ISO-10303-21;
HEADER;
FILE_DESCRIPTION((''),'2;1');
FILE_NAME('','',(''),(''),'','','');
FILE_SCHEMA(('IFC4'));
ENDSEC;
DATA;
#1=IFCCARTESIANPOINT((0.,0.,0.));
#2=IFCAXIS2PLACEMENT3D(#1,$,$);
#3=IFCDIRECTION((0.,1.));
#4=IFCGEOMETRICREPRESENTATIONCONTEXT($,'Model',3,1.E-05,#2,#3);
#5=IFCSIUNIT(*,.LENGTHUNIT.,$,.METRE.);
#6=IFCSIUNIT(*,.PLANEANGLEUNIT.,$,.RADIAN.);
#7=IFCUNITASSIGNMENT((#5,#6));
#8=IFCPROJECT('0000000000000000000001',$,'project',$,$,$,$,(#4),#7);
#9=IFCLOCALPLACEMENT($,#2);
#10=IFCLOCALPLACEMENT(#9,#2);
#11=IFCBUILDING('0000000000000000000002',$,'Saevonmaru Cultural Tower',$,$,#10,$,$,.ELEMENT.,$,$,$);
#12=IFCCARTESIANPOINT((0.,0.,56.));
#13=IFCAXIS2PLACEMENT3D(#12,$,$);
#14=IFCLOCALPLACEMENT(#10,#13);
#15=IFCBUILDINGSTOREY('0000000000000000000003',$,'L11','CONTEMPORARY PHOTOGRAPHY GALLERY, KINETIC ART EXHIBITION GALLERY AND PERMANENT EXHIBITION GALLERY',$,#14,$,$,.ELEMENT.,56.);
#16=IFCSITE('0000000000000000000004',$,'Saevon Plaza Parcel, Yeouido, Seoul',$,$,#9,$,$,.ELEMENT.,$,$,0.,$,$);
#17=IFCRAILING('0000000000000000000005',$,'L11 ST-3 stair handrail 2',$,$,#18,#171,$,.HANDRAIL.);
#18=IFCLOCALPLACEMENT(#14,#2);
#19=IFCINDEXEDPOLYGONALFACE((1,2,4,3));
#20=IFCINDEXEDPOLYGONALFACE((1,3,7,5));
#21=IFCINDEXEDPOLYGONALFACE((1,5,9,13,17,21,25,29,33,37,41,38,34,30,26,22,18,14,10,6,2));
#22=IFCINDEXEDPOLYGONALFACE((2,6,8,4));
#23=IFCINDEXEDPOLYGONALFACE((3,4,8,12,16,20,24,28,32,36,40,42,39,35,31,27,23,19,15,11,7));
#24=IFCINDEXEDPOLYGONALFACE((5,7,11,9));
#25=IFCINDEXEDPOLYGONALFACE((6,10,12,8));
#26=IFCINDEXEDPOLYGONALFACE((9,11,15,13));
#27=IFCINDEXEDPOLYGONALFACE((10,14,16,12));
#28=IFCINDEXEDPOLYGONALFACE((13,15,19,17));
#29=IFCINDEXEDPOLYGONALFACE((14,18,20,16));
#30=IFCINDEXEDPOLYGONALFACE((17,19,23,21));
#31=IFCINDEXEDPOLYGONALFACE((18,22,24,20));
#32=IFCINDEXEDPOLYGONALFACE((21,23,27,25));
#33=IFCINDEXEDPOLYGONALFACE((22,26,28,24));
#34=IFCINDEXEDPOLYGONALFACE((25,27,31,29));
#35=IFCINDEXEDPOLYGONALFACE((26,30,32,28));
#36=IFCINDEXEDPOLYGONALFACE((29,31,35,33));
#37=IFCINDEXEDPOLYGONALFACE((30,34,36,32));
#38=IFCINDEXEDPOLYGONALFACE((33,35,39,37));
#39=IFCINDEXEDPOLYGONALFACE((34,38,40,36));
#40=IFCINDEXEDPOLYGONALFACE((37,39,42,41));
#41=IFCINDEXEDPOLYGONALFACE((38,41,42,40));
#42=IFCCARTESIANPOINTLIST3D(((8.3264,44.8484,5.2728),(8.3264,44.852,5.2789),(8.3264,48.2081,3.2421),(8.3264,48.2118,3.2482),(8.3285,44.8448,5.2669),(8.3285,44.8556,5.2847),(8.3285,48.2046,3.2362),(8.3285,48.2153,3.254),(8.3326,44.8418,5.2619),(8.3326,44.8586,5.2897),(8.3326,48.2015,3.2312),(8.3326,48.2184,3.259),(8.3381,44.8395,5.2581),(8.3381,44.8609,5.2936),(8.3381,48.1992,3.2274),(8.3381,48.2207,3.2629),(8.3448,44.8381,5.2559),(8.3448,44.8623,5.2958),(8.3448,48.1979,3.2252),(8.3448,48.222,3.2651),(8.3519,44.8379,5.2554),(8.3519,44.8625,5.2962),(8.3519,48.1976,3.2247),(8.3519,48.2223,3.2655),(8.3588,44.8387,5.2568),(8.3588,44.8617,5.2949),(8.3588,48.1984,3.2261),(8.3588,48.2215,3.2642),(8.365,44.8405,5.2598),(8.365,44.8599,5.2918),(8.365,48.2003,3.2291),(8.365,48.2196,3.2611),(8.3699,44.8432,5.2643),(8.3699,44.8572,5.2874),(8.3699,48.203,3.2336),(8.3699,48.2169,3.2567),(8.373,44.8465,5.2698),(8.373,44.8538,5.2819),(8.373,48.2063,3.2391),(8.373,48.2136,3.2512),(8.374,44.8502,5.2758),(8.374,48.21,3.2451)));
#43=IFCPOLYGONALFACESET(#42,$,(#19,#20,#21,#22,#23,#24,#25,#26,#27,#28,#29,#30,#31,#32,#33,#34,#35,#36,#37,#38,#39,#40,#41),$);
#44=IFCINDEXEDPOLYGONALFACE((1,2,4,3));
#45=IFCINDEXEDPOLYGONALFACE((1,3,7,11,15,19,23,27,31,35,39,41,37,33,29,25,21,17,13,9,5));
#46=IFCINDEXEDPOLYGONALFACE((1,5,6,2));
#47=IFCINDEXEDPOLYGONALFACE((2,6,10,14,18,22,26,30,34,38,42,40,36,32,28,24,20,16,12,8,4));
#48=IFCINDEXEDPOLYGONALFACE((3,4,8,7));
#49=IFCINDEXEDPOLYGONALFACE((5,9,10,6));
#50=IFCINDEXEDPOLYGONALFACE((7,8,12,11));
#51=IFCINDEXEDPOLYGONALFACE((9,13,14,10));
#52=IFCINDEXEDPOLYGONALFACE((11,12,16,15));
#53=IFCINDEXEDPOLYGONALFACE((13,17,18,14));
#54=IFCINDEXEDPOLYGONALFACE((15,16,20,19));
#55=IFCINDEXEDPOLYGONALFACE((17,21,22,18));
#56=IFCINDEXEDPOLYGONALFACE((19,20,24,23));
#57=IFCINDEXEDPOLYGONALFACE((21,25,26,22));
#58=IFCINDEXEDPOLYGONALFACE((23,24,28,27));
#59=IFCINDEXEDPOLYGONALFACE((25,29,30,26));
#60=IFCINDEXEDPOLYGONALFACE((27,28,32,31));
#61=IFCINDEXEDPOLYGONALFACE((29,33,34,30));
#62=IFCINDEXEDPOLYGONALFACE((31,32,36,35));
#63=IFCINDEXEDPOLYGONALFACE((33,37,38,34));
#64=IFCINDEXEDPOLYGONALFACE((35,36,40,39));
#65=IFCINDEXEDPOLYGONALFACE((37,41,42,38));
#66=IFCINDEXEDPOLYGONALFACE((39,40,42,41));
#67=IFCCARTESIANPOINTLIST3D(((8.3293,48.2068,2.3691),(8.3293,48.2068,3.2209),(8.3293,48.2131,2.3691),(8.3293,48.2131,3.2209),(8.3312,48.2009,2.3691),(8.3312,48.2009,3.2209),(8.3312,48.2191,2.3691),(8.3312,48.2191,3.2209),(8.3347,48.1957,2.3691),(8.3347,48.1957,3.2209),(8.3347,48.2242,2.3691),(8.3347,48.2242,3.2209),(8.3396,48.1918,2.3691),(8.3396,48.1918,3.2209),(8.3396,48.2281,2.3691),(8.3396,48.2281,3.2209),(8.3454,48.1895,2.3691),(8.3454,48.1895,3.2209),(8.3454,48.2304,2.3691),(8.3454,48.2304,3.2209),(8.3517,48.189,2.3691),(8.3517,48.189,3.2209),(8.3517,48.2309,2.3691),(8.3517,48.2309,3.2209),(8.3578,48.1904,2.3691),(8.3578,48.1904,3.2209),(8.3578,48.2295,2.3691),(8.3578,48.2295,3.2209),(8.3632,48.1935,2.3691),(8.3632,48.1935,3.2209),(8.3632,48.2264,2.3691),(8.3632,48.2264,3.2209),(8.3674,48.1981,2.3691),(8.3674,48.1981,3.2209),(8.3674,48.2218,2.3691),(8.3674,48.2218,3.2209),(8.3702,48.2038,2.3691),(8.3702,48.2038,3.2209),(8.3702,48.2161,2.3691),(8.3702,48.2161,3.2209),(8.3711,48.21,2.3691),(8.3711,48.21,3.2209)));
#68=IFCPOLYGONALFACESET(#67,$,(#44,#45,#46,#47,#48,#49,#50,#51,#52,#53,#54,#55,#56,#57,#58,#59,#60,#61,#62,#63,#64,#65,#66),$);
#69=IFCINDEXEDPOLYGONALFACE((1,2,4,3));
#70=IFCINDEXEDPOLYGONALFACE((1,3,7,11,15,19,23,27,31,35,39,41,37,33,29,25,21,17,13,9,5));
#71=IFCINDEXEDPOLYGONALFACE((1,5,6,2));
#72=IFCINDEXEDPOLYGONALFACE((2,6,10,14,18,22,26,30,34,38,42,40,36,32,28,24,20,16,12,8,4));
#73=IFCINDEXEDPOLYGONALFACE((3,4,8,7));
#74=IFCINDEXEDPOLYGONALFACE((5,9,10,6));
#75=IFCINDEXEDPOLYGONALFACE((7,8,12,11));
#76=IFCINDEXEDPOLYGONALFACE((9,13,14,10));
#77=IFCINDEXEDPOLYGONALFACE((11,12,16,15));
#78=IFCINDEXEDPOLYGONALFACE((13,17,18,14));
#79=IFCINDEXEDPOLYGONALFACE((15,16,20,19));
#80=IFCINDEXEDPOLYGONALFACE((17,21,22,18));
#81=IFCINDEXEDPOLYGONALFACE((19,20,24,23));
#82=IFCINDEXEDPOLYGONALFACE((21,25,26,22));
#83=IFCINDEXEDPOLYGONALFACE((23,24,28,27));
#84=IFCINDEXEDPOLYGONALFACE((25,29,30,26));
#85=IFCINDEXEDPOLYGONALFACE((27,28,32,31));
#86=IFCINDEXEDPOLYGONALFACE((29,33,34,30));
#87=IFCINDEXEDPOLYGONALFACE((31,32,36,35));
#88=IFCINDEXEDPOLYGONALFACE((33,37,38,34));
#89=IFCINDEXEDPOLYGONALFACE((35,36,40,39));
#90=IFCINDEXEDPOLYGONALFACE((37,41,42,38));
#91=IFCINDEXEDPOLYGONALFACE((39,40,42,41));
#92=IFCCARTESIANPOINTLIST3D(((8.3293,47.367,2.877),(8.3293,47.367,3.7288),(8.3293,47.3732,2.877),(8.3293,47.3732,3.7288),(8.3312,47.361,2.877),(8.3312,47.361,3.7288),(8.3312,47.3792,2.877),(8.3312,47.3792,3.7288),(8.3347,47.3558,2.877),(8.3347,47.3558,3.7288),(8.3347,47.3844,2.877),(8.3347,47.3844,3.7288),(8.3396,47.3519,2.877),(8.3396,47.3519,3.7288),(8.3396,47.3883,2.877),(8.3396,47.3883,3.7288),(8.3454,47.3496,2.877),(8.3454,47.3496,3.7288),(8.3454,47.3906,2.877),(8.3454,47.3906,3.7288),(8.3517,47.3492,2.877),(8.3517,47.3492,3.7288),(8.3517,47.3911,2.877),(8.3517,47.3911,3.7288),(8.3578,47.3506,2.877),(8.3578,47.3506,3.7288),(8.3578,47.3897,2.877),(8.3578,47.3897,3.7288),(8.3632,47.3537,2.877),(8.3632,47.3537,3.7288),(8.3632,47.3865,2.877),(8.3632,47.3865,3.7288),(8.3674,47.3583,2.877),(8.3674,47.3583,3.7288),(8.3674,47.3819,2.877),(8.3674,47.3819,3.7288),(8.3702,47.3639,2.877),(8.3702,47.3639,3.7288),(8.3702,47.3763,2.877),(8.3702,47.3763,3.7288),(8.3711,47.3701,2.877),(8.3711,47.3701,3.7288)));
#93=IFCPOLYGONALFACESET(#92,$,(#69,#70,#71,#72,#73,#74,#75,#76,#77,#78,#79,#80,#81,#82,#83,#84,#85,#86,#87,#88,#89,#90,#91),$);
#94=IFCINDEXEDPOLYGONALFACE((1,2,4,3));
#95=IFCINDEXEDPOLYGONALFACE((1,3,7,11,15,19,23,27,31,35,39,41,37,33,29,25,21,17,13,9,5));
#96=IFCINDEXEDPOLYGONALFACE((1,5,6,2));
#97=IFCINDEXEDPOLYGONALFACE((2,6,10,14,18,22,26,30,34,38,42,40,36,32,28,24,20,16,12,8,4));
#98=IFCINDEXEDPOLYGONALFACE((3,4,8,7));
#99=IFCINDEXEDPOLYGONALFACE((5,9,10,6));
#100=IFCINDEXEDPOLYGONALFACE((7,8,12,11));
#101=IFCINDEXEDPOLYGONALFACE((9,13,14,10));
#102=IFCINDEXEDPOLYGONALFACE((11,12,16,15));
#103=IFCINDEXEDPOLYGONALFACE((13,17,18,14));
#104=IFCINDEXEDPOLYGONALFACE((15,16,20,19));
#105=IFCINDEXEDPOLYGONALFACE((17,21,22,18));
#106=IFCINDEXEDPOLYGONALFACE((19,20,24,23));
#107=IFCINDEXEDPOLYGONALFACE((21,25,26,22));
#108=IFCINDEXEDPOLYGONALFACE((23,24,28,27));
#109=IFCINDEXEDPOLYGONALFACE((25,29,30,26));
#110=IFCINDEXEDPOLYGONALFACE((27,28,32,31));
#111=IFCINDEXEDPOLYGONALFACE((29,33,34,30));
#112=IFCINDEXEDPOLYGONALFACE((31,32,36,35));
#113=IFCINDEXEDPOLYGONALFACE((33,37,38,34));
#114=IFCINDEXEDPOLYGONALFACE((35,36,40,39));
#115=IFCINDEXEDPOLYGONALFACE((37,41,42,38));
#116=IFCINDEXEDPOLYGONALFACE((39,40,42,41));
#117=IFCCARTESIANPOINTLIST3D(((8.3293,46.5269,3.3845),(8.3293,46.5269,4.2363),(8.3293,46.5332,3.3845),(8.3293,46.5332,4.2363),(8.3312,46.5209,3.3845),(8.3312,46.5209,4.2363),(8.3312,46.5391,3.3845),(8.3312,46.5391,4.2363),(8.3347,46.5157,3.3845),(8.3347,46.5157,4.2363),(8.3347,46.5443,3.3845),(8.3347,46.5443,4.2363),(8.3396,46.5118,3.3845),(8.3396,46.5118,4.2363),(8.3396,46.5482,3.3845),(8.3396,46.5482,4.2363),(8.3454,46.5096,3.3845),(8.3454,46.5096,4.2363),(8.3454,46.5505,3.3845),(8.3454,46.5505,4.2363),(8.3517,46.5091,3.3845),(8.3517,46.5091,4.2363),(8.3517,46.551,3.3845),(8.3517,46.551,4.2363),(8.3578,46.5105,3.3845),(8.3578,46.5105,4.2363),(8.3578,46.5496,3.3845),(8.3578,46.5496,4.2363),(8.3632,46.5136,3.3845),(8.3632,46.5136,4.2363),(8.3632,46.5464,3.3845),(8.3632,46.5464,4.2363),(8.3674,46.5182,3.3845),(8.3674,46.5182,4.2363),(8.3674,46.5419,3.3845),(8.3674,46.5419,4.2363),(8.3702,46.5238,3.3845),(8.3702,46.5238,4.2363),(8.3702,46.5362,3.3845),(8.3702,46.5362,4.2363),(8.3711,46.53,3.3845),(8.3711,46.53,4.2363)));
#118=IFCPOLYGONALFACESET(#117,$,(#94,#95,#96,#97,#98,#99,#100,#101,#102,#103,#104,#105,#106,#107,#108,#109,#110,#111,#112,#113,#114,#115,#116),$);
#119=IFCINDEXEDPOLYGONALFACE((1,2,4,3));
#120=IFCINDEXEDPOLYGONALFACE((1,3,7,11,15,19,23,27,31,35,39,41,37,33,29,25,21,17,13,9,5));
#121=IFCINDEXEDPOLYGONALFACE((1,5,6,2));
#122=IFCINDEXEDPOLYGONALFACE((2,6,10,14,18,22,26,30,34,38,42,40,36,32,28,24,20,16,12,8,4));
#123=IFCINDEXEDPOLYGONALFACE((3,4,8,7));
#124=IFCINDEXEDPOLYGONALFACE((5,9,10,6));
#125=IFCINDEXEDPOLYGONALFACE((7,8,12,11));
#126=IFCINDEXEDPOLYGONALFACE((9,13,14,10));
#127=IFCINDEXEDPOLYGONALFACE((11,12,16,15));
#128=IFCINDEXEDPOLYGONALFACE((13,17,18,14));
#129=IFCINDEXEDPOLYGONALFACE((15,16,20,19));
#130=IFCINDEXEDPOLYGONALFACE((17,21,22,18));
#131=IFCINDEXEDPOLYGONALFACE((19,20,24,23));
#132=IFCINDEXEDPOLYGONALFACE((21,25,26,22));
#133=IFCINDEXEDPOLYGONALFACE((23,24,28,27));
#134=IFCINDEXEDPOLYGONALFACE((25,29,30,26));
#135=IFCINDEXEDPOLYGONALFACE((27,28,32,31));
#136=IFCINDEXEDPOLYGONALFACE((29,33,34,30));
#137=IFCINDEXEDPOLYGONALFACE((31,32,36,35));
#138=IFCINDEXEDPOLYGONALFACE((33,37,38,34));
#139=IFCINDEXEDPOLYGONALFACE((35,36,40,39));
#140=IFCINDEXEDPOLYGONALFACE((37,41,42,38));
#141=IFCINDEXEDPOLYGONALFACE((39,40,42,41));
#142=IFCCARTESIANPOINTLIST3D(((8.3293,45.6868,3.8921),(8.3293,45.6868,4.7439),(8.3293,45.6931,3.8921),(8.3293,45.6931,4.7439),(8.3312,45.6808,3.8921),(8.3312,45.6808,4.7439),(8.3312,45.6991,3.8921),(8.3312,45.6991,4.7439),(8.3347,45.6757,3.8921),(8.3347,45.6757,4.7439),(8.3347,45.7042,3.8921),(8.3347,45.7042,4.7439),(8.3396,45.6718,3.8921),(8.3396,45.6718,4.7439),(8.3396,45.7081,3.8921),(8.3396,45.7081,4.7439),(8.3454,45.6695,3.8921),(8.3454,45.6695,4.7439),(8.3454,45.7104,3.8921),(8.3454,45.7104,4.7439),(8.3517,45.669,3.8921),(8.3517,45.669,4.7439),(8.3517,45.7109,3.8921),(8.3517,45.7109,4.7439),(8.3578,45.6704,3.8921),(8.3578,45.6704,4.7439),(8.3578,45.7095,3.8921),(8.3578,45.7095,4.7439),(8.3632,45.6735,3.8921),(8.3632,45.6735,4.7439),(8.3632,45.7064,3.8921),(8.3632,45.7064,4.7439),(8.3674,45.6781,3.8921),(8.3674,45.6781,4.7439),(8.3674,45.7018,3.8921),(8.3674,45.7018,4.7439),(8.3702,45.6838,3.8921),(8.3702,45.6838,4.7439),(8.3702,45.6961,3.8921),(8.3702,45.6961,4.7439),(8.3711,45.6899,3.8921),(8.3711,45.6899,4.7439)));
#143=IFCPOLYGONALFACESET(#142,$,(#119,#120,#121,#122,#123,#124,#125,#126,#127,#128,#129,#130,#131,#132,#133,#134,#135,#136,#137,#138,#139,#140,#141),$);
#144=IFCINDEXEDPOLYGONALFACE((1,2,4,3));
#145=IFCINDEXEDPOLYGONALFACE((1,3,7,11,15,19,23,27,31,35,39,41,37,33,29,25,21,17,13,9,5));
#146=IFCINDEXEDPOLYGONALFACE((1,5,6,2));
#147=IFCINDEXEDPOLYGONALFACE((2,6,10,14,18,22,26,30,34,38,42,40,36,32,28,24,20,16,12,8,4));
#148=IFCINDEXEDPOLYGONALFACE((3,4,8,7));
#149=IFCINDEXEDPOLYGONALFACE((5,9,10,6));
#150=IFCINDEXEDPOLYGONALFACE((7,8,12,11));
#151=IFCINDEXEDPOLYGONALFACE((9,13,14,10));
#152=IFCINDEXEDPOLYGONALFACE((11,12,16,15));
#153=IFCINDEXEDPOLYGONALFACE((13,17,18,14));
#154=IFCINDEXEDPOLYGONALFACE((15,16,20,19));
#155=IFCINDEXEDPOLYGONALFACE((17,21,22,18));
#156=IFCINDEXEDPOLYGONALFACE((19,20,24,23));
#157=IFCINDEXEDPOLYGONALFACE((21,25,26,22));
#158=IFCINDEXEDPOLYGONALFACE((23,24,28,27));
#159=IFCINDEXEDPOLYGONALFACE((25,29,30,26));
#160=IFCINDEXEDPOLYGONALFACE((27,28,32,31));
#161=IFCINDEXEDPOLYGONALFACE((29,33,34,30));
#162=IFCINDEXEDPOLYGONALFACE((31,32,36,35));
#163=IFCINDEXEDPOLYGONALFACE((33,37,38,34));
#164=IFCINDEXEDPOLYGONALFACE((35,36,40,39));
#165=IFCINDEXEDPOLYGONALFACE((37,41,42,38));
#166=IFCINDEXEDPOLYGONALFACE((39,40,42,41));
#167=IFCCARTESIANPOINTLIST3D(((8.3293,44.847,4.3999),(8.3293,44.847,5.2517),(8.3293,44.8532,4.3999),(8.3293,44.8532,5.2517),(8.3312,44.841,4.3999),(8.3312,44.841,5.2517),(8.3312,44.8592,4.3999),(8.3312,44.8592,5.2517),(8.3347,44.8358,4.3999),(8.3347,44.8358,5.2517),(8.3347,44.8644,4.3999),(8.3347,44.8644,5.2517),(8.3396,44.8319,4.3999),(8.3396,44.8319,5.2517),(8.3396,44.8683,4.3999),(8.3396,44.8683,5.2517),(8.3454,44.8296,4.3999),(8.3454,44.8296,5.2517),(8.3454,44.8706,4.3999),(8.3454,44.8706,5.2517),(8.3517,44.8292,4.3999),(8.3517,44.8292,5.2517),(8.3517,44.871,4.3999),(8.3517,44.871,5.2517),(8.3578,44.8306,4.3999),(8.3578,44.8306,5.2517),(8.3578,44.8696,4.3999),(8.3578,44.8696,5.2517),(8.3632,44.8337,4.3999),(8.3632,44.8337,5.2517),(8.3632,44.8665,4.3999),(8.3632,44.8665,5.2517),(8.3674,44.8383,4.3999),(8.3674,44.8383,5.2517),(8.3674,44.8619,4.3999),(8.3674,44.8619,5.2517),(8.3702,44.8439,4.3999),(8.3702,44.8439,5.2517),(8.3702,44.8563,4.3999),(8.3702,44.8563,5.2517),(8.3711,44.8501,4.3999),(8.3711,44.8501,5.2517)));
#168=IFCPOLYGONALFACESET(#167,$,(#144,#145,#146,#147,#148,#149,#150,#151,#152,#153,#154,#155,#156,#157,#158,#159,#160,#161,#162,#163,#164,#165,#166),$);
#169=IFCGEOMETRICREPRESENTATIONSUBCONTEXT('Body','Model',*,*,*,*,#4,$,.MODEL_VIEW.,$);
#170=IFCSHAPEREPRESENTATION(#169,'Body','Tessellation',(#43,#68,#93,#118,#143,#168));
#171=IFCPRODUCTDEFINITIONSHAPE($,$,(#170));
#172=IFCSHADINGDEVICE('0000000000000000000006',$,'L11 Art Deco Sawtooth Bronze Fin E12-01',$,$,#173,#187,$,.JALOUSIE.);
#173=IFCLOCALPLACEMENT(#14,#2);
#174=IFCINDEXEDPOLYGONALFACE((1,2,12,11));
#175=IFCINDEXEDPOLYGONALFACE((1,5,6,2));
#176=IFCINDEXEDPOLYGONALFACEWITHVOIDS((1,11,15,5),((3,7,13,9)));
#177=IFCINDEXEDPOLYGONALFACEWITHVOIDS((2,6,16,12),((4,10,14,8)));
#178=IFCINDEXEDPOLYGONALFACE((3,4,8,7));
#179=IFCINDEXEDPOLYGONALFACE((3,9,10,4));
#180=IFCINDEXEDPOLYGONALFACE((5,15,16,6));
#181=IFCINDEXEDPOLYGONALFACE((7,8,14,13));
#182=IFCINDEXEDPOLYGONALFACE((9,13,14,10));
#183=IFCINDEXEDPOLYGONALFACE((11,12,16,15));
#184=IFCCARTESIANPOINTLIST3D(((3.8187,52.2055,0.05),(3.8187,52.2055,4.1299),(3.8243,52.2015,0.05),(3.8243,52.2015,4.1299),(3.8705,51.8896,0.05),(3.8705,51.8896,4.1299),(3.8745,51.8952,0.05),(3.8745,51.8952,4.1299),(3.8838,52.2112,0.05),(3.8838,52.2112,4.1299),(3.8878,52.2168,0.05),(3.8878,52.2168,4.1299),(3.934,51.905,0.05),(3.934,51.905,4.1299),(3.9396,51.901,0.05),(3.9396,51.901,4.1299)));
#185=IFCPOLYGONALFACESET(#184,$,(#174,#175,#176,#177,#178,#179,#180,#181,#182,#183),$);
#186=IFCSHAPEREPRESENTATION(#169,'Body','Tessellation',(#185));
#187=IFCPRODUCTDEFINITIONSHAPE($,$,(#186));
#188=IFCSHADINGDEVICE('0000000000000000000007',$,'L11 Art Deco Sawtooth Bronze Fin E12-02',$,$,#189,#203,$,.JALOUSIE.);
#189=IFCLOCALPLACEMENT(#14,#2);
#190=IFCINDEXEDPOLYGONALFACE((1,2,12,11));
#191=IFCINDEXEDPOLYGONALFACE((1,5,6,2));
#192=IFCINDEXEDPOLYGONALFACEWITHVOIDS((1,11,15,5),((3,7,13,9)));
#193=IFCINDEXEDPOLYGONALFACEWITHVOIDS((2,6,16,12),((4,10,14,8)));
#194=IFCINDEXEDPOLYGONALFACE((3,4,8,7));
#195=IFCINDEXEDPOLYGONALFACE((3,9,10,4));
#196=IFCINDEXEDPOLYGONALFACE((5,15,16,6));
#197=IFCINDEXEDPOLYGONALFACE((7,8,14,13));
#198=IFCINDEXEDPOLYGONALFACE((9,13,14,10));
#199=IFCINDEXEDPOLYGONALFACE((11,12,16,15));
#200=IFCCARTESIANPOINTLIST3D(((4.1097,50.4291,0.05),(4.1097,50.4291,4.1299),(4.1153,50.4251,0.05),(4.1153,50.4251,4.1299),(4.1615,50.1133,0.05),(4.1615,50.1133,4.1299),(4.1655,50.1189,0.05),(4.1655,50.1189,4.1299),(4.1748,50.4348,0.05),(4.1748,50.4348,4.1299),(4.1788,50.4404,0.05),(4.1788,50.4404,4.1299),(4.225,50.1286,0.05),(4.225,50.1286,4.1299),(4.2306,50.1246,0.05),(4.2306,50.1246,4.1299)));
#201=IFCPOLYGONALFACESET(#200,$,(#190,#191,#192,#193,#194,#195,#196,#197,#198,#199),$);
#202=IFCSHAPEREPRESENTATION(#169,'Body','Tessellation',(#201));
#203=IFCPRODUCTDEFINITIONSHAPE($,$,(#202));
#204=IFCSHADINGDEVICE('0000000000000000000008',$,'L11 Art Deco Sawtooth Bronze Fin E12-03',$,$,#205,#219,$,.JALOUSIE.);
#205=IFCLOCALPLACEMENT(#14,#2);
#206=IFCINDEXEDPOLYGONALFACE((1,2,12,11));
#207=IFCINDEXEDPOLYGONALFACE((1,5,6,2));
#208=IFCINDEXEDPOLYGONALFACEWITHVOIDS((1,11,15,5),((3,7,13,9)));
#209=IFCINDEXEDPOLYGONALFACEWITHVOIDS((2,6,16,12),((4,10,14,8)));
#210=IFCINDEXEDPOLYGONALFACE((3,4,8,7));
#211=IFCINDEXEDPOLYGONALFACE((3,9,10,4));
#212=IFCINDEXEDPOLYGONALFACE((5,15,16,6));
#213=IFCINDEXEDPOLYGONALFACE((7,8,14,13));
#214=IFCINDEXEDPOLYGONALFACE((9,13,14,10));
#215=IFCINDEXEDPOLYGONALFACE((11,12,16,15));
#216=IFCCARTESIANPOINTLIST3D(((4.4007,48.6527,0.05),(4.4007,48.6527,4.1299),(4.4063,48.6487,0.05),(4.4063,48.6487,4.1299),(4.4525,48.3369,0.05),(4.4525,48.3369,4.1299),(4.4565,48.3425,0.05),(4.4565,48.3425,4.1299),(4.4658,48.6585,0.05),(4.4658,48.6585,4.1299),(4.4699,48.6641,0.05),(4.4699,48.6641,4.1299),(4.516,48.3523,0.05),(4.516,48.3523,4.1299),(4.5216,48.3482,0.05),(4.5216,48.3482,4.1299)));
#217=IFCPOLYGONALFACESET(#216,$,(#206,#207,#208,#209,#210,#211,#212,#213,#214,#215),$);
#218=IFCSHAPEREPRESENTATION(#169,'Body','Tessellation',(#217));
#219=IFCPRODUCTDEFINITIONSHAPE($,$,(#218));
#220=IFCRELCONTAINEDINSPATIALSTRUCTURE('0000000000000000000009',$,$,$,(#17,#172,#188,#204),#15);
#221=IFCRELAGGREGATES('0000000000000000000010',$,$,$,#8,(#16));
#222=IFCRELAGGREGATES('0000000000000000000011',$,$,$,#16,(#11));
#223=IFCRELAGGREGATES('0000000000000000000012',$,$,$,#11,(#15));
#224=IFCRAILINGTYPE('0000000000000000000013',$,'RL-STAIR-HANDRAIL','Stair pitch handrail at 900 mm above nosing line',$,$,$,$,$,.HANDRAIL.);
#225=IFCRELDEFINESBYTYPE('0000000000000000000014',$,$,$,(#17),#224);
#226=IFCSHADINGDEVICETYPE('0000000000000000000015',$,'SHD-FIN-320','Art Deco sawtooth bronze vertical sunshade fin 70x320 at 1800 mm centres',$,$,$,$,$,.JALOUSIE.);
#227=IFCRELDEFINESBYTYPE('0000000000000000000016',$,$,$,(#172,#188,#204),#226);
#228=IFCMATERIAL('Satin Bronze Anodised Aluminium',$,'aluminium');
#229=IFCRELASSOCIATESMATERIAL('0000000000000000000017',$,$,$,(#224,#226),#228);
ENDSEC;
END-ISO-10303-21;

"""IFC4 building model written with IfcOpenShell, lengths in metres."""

from ifc_helpers import new_model, si_unit, direction, frame, origin, origin_2d, place, context, subcontext, project, spatial, hollow_rectangle, circle, extrude, material, material_profile, profile_set, type_object, element, save


model = new_model("IFC4")

# Units and contexts
model_context = context("Model", 3, precision=1e-05, world=origin(), true_north=direction((0.0, 1.0)))
body_context = subcontext(model_context, "Body", "Model", "MODEL_VIEW")
ifc_project = project(units=[si_unit("LENGTHUNIT", "METRE"), si_unit("PLANEANGLEUNIT", "RADIAN")], contexts=[model_context])

# Site, building, storey
site_placement = place(None, origin())
site = spatial("IfcSite", under=ifc_project, at=site_placement, Name="Saevon Plaza Parcel, Yeouido, Seoul", CompositionType="ELEMENT", RefElevation=0.0)
building_placement = place(site_placement, origin())
building = spatial("IfcBuilding", under=site, at=building_placement, Name="Saevonmaru Cultural Tower", CompositionType="ELEMENT")
storey_placement = place(building_placement, frame((0.0, 0.0, 56.0)))
storey = spatial("IfcBuildingStorey", under=building, at=storey_placement, Name="L11", Description="CONTEMPORARY PHOTOGRAPHY GALLERY, KINETIC ART EXHIBITION GALLERY AND PERMANENT EXHIBITION GALLERY", CompositionType="ELEMENT", Elevation=56.0)

# Shared definitions
ifc_material_1 = material(Name="Satin Bronze Anodised Aluminium", Category="aluminium")

# Railing
railing_type_1 = type_object("IfcRailingType", Name="RL-STAIR-HANDRAIL", Description="Stair pitch handrail at 900 mm above nosing line", PredefinedType="HANDRAIL", material=ifc_material_1)
railing_1_placement = place(storey_placement, frame((8.3501, 48.21, 2.3691)))
element("IfcRailing", 1, at=railing_1_placement, inside=storey, type_object=railing_type_1, Name="L11 ST-3 stair handrail 2", PredefinedType="HANDRAIL", context=body_context, shape_type="SweptSolid", body=[
    extrude(circle(Radius=0.0239, at=origin_2d()), frame((0.0, 0.0, 0.876), z_axis=(0.0, -0.85582, 0.517273), x_axis=(1.0, 0.0, 0.0)), (0.0, 0.0, 1.0), 3.9258),
    extrude(circle(Radius=0.021, at=origin_2d()), origin(), (0.0, 0.0, 1.0), 0.8518),
    extrude(circle(Radius=0.021, at=origin_2d()), frame((0.0, -0.8398, 0.5078)), (0.0, 0.0, 1.0), 0.8518),
    extrude(circle(Radius=0.021, at=origin_2d()), frame((0.0, -1.6799, 1.0154)), (0.0, 0.0, 1.0), 0.8518),
    extrude(circle(Radius=0.021, at=origin_2d()), frame((0.0, -2.52, 1.5229)), (0.0, 0.0, 1.0), 0.8518),
    extrude(circle(Radius=0.021, at=origin_2d()), frame((0.0, -3.3599, 2.0308)), (0.0, 0.0, 1.0), 0.8518),
])

# Shading devices
ifc_material_profile_1 = material_profile(ifc_material_1, hollow_rectangle(XDim=0.0701, YDim=0.3201, WallThickness=0.0049, at=origin_2d()), Name="FIN-320x70")
ifc_profile_set_1 = profile_set([ifc_material_profile_1], Name="Satin Bronze Anodised Aluminium")
shading_device_type = type_object("IfcShadingDeviceType", Name="SHD-FIN-320", Description="Art Deco sawtooth bronze vertical sunshade fin 70x320 at 1800 mm centres", PredefinedType="JALOUSIE", material=ifc_profile_set_1)
for number, where, z_axis, x_axis, name in (
    (2, (3.8792, 52.0532, 0.05), (0.0, 0.0, 1.0), (-0.986827, -0.161776, 0.0), "L11 Art Deco Sawtooth Bronze Fin E12-01"),
    (3, (4.1702, 50.2769, 0.05), (0.0, 0.0, 1.0), (-0.986827, -0.161776, 0.0), "L11 Art Deco Sawtooth Bronze Fin E12-02"),
    (4, (4.4612, 48.5005, 0.05), (0.0, 0.0, 1.0), (-0.986827, -0.161776, 0.0), "L11 Art Deco Sawtooth Bronze Fin E12-03"),
):
    element("IfcShadingDevice", number, at=place(storey_placement, frame(where, z_axis=z_axis, x_axis=x_axis)), inside=storey, type_object=shading_device_type, Name=name, PredefinedType="JALOUSIE", context=body_context, shape_type="SweptSolid", body=[
        extrude(hollow_rectangle(XDim=0.0701, YDim=0.3201, WallThickness=0.0049, at=origin_2d()), origin(), (0.0, 0.0, 1.0), 4.0798),
    ])

save(model, "model.ifc")
